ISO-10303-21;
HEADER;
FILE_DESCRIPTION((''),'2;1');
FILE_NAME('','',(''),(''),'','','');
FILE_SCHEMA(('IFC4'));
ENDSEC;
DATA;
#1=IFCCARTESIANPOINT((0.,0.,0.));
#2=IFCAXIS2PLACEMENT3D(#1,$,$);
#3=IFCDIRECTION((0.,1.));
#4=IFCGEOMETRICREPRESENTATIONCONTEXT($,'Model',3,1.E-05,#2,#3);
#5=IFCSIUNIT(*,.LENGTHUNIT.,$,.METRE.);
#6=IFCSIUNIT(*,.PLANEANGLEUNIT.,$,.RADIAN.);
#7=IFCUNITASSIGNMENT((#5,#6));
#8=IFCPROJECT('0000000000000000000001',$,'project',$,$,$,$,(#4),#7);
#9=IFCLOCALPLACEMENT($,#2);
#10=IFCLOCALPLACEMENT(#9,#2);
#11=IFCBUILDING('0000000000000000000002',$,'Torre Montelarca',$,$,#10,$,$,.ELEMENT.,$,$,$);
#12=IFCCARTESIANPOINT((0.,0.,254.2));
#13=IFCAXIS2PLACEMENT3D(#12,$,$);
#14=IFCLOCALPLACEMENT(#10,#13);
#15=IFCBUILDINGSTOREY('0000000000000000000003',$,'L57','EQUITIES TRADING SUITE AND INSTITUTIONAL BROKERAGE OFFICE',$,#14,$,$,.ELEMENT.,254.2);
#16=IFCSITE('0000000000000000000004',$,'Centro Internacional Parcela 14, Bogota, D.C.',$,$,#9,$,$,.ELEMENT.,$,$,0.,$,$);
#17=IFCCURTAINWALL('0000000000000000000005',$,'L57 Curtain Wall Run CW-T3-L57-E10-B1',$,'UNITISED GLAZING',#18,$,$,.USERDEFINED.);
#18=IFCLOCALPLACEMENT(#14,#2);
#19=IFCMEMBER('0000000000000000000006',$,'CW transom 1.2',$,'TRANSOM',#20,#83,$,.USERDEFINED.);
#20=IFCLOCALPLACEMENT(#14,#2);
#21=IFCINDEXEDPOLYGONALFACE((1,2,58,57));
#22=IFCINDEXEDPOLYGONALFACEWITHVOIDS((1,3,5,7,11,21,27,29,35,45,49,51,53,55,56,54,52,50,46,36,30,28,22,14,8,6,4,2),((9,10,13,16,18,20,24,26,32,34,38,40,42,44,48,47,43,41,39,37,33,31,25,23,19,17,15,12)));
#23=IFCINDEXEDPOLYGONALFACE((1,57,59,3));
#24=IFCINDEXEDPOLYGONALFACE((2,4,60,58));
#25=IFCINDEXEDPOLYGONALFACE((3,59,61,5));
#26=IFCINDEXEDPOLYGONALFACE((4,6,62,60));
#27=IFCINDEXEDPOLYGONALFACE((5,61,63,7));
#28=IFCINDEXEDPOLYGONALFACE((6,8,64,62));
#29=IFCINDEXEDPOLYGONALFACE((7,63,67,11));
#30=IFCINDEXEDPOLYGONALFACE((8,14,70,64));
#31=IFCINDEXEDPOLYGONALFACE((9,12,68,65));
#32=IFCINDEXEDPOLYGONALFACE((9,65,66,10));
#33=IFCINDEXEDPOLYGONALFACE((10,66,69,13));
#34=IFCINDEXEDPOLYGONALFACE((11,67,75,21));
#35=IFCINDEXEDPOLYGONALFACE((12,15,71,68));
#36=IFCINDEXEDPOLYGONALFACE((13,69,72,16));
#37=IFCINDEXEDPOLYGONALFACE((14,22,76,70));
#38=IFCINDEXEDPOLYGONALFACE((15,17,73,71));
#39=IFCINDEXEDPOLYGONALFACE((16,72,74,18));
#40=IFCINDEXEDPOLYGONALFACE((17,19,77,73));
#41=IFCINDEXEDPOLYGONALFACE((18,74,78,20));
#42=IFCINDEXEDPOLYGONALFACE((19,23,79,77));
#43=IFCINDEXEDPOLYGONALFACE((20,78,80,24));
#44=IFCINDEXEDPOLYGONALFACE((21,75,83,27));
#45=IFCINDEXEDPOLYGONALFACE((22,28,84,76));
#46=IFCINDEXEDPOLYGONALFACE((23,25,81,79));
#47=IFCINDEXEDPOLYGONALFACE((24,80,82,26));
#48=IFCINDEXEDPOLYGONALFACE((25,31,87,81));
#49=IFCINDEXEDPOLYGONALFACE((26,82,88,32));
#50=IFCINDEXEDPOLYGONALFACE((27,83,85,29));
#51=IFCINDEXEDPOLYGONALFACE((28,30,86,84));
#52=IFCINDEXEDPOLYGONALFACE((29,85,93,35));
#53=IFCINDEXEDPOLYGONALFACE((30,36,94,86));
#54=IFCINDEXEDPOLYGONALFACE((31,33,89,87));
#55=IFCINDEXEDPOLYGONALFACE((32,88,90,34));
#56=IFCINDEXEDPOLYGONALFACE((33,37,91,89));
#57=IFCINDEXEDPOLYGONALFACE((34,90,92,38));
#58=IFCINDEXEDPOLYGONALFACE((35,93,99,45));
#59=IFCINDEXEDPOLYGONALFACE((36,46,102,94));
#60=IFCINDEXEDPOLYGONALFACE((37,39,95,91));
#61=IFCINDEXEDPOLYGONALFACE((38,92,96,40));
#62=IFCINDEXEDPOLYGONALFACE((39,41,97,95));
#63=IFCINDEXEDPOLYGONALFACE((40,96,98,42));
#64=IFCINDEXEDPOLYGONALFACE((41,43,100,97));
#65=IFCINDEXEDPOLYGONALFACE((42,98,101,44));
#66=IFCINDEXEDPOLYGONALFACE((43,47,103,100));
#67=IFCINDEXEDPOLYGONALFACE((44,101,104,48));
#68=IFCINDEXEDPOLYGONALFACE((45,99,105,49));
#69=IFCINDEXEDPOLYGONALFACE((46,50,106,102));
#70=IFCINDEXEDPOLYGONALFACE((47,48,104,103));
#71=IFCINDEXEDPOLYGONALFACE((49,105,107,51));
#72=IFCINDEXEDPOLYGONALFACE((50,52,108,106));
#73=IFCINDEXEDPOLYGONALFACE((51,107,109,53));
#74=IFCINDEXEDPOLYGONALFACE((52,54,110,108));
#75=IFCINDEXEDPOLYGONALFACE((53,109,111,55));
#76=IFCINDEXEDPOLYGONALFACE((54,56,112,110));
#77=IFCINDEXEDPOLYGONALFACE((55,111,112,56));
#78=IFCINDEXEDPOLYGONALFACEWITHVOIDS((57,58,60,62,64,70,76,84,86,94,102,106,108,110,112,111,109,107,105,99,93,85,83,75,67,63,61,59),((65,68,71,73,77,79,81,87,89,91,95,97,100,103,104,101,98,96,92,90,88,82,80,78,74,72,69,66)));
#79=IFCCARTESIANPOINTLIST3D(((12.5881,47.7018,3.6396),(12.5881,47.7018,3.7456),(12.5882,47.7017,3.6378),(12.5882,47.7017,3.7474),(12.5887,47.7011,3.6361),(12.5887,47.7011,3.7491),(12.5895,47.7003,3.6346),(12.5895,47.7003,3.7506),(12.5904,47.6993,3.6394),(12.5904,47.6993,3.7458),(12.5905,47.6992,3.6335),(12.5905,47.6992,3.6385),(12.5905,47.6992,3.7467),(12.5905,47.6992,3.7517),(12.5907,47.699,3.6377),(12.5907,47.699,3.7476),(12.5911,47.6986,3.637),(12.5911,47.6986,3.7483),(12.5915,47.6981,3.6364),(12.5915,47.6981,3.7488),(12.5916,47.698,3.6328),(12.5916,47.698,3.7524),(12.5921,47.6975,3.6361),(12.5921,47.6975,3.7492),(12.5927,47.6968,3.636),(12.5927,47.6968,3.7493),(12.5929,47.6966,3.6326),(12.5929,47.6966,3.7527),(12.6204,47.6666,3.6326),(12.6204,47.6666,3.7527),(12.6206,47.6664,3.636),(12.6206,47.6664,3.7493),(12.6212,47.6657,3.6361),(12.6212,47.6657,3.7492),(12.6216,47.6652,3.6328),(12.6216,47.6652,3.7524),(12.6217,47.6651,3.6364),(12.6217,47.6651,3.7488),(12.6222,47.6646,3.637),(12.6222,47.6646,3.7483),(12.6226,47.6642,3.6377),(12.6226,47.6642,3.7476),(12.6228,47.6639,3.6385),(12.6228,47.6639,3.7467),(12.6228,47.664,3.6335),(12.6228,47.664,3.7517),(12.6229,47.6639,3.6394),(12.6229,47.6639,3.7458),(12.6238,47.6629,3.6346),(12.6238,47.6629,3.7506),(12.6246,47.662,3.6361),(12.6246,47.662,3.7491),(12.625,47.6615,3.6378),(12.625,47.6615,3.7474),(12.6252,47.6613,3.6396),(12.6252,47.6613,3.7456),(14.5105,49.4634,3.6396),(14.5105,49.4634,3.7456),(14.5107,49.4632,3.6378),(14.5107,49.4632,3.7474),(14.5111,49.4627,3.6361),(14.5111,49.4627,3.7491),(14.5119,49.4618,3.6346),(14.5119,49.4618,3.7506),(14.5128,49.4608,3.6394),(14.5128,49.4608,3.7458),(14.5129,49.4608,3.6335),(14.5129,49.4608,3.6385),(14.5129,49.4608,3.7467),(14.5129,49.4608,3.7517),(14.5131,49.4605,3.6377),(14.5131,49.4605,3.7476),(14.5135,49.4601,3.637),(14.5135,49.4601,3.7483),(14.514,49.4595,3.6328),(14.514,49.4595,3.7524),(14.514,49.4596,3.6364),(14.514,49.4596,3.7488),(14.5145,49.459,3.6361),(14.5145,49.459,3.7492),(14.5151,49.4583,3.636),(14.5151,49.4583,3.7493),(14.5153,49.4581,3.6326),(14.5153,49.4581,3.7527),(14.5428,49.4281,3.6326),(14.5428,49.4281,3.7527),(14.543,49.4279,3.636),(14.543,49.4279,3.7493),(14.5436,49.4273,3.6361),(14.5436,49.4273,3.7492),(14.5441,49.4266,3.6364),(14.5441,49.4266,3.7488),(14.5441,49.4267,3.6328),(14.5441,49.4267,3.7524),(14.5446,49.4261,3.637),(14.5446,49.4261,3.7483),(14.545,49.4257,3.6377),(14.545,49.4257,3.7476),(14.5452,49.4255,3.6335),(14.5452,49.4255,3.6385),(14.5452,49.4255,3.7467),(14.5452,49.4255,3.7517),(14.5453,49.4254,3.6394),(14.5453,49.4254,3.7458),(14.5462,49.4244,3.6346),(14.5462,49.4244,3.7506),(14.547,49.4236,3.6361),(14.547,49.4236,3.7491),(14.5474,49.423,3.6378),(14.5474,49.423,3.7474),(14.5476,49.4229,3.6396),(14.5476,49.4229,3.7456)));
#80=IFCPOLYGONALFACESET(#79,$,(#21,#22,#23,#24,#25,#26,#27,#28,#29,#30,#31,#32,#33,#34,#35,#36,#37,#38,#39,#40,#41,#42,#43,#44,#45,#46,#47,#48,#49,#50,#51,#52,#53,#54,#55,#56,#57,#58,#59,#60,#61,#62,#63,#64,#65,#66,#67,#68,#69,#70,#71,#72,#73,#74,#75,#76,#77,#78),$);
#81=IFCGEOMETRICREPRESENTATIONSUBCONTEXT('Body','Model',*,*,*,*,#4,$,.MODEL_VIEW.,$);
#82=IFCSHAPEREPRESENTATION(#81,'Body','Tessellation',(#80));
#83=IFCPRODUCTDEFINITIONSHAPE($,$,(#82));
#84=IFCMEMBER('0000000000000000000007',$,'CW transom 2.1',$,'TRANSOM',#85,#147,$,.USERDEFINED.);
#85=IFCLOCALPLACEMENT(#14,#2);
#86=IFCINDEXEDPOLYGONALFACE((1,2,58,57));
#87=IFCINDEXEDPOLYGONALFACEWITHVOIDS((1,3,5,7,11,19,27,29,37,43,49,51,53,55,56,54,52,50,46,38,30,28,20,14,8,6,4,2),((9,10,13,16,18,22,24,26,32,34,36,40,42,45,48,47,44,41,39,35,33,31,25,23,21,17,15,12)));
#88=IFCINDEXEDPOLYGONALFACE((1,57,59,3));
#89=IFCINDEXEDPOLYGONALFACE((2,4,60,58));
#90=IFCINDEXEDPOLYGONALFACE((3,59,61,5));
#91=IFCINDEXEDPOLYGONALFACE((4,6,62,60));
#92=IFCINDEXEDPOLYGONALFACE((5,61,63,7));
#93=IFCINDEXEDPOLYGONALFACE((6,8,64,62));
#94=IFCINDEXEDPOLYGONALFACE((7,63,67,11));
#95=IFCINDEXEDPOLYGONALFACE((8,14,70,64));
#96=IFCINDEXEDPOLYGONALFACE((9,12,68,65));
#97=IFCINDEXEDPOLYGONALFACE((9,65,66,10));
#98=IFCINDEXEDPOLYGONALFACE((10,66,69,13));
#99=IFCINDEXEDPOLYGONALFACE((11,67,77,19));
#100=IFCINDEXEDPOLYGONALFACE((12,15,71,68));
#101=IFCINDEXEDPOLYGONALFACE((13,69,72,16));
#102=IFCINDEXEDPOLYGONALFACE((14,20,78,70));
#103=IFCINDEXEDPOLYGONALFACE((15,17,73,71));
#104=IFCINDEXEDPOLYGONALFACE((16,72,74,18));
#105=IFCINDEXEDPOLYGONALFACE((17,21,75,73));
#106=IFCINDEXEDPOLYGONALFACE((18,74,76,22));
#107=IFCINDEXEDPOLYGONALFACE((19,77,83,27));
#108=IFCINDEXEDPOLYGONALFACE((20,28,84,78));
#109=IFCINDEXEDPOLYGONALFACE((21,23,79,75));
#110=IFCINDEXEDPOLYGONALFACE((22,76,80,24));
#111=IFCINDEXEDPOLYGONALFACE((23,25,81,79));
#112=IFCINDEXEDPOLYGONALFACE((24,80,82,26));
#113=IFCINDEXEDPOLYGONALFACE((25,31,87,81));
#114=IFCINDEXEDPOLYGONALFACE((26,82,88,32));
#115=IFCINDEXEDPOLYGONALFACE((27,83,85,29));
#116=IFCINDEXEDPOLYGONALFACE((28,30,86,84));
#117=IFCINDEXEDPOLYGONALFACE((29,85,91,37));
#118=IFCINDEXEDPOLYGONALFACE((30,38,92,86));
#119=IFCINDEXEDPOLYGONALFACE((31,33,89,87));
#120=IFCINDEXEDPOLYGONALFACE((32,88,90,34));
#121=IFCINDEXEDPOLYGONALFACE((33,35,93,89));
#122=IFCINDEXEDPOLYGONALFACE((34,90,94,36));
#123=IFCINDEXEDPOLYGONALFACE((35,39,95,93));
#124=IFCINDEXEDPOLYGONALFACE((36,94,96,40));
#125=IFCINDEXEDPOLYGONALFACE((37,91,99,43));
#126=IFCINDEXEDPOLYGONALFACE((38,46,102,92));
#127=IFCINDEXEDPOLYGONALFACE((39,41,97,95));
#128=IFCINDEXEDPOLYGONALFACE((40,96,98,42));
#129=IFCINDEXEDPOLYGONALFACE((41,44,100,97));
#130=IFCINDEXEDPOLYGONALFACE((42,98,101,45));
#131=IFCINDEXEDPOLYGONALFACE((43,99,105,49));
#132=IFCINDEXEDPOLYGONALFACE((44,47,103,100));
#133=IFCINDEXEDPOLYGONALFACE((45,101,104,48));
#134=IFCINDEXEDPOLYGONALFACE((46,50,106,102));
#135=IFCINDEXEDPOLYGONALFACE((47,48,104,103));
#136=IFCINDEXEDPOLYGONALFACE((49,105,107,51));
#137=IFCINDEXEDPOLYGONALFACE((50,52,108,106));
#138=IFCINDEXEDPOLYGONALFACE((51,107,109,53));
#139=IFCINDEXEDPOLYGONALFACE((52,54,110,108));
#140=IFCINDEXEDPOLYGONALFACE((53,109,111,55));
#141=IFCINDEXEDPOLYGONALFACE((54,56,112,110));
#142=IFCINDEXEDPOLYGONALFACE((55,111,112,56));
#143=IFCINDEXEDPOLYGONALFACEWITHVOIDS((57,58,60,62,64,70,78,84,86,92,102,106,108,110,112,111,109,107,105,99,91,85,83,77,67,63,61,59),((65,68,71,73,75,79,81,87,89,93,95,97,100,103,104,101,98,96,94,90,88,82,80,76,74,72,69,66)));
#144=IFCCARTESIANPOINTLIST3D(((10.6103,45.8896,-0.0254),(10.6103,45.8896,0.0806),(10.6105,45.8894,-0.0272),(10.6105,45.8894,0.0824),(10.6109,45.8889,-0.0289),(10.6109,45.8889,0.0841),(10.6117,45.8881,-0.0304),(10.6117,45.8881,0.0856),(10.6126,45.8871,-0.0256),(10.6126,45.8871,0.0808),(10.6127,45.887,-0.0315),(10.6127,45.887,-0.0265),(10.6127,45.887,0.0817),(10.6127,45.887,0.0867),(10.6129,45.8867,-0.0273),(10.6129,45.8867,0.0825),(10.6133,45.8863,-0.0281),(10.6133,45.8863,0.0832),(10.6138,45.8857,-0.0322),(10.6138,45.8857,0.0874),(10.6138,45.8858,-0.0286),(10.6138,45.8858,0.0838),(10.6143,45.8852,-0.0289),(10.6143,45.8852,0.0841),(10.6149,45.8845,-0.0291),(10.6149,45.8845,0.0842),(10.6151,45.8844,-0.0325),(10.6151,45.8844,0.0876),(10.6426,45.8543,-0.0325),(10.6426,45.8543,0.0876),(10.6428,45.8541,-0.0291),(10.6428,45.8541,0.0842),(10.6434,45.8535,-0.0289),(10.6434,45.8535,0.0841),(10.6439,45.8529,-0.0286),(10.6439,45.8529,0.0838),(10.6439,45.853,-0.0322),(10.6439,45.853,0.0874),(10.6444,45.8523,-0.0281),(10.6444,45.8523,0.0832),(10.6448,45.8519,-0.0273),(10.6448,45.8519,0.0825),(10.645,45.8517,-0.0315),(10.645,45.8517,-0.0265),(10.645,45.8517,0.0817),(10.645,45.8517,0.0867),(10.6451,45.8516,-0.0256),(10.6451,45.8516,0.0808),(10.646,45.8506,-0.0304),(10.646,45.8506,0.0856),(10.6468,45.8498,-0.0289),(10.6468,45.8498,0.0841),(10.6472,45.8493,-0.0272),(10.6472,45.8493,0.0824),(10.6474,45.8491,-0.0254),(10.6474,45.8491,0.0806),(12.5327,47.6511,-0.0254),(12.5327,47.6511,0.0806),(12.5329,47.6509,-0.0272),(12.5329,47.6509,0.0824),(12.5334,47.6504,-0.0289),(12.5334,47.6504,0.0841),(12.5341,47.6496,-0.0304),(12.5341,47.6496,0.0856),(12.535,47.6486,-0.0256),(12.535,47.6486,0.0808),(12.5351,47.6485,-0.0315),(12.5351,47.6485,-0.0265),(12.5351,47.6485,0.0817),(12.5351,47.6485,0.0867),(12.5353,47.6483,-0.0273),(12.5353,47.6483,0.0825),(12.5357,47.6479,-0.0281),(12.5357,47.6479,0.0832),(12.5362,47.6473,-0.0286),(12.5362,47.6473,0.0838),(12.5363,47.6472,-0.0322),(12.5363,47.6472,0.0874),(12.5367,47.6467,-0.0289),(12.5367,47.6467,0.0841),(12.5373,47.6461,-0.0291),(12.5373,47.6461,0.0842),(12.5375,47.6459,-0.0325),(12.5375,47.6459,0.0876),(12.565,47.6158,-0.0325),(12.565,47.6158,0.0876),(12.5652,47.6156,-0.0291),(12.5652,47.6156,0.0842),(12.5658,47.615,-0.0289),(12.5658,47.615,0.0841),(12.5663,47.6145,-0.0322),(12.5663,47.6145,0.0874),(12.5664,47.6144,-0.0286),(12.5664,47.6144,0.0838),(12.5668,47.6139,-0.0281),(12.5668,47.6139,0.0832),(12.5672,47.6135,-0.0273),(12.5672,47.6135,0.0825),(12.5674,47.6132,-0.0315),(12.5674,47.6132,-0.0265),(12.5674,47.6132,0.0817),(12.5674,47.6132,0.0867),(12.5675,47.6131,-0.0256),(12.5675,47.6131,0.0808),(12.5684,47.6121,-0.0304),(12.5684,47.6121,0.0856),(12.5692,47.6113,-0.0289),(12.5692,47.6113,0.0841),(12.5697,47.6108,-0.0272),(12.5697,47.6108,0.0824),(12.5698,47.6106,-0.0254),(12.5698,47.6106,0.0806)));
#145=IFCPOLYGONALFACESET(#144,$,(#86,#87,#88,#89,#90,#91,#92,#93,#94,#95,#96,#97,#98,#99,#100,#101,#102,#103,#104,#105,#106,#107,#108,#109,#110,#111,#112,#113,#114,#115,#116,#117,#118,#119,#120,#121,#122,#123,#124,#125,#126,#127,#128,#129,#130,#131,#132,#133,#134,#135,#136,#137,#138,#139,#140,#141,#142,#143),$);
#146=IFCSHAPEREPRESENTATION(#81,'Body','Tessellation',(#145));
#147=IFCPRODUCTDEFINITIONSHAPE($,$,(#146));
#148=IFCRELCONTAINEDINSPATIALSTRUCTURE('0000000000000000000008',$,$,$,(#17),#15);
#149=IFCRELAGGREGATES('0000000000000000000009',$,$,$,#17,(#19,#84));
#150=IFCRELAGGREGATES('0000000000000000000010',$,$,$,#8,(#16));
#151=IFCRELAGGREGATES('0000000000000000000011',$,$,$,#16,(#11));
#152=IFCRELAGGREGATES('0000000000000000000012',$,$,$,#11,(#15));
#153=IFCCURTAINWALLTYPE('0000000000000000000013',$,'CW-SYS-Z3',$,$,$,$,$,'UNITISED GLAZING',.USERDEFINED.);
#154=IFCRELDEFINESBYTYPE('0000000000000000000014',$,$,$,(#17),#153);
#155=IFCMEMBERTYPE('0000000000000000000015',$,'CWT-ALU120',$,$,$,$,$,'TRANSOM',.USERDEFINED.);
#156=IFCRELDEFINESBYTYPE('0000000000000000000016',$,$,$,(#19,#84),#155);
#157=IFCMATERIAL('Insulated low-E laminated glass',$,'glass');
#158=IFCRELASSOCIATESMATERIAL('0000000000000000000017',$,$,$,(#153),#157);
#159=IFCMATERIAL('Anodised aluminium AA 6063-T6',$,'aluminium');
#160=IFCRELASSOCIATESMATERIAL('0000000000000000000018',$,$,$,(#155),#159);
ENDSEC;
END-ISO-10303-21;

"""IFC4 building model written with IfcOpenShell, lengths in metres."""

from ifc_helpers import new_model, si_unit, direction, frame, origin, origin_2d, place, context, subcontext, project, spatial, hollow_rectangle, extrude, source, transform, mapped, material, material_profile, profile_set, type_object, element, aggregate, save


model = new_model("IFC4")

# Units and contexts
model_context = context("Model", 3, precision=1e-05, world=origin(), true_north=direction((0.0, 1.0)))
body_context = subcontext(model_context, "Body", "Model", "MODEL_VIEW")
ifc_project = project(units=[si_unit("LENGTHUNIT", "METRE"), si_unit("PLANEANGLEUNIT", "RADIAN")], contexts=[model_context])

# Site, building, storey
site_placement = place(None, origin())
site = spatial("IfcSite", under=ifc_project, at=site_placement, Name="Centro Internacional Parcela 14, Bogota, D.C.", CompositionType="ELEMENT", RefElevation=0.0)
building_placement = place(site_placement, origin())
building = spatial("IfcBuilding", under=site, at=building_placement, Name="Torre Montelarca", CompositionType="ELEMENT")
storey_placement = place(building_placement, frame((0.0, 0.0, 254.2)))
storey = spatial("IfcBuildingStorey", under=building, at=storey_placement, Name="L57", Description="EQUITIES TRADING SUITE AND INSTITUTIONAL BROKERAGE OFFICE", CompositionType="ELEMENT", Elevation=254.2)

# Curtain wall
ifc_material_1 = material(Name="Insulated low-E laminated glass", Category="glass")
curtain_wall_type = type_object("IfcCurtainWallType", Name="CW-SYS-Z3", ElementType="UNITISED GLAZING", PredefinedType="USERDEFINED", material=ifc_material_1)
curtain_wall_1_placement = place(storey_placement, origin())
curtain_wall_1 = element("IfcCurtainWall", 1, at=curtain_wall_1_placement, inside=storey, type_object=curtain_wall_type, Name="L57 Curtain Wall Run CW-T3-L57-E10-B1", ObjectType="UNITISED GLAZING", PredefinedType="USERDEFINED")
ifc_material_2 = material(Name="Anodised aluminium AA 6063-T6", Category="aluminium")

# Members
ifc_material_profile_1 = material_profile(ifc_material_2, hollow_rectangle(XDim=0.0549, YDim=0.1201, WallThickness=0.0034, InnerFilletRadius=0.0034, OuterFilletRadius=0.0071, at=origin_2d()), Name="ALU55X120X3.5", Category="aluminium")
ifc_profile_set_1 = profile_set([ifc_material_profile_1], Name="Anodised aluminium AA 6063-T6")
member_type_1 = type_object("IfcMemberType", Name="CWT-ALU120", ElementType="TRANSOM", PredefinedType="USERDEFINED", material=ifc_profile_set_1)
shared_shape_1 = source(origin(), body_context, "Body", "SweptSolid", [
    extrude(hollow_rectangle(XDim=0.0549, YDim=0.1201, WallThickness=0.0034, InnerFilletRadius=0.0034, OuterFilletRadius=0.0071, at=origin_2d()), origin(), (0.0, 0.0, 1.0), 2.6074),
])
member_1_placement = place(storey_placement, frame((14.5291, 49.4431, 3.6926), z_axis=(-0.737286, -0.67558, 0.0), x_axis=(0.67558, -0.737286, 0.0)))
member_1 = element("IfcMember", 2, at=member_1_placement, type_object=member_type_1, Name="CW transom 1.2", ObjectType="TRANSOM", PredefinedType="USERDEFINED", context=body_context, shape_type="MappedRepresentation", body=[
    mapped(shared_shape_1, transform((0.0, 0.0, 0.0), scale=1.0)),
])
member_2_placement = place(storey_placement, frame((12.5513, 47.6309, 0.0276), z_axis=(-0.737286, -0.67558, 0.0), x_axis=(0.67558, -0.737286, 0.0)))
member_2 = element("IfcMember", 3, at=member_2_placement, type_object=member_type_1, Name="CW transom 2.1", ObjectType="TRANSOM", PredefinedType="USERDEFINED", context=body_context, shape_type="MappedRepresentation", body=[
    mapped(shared_shape_1, transform((0.0, 0.0, 0.0), scale=1.0)),
])

aggregate(curtain_wall_1, [member_1, member_2])

save(model, "model.ifc")
